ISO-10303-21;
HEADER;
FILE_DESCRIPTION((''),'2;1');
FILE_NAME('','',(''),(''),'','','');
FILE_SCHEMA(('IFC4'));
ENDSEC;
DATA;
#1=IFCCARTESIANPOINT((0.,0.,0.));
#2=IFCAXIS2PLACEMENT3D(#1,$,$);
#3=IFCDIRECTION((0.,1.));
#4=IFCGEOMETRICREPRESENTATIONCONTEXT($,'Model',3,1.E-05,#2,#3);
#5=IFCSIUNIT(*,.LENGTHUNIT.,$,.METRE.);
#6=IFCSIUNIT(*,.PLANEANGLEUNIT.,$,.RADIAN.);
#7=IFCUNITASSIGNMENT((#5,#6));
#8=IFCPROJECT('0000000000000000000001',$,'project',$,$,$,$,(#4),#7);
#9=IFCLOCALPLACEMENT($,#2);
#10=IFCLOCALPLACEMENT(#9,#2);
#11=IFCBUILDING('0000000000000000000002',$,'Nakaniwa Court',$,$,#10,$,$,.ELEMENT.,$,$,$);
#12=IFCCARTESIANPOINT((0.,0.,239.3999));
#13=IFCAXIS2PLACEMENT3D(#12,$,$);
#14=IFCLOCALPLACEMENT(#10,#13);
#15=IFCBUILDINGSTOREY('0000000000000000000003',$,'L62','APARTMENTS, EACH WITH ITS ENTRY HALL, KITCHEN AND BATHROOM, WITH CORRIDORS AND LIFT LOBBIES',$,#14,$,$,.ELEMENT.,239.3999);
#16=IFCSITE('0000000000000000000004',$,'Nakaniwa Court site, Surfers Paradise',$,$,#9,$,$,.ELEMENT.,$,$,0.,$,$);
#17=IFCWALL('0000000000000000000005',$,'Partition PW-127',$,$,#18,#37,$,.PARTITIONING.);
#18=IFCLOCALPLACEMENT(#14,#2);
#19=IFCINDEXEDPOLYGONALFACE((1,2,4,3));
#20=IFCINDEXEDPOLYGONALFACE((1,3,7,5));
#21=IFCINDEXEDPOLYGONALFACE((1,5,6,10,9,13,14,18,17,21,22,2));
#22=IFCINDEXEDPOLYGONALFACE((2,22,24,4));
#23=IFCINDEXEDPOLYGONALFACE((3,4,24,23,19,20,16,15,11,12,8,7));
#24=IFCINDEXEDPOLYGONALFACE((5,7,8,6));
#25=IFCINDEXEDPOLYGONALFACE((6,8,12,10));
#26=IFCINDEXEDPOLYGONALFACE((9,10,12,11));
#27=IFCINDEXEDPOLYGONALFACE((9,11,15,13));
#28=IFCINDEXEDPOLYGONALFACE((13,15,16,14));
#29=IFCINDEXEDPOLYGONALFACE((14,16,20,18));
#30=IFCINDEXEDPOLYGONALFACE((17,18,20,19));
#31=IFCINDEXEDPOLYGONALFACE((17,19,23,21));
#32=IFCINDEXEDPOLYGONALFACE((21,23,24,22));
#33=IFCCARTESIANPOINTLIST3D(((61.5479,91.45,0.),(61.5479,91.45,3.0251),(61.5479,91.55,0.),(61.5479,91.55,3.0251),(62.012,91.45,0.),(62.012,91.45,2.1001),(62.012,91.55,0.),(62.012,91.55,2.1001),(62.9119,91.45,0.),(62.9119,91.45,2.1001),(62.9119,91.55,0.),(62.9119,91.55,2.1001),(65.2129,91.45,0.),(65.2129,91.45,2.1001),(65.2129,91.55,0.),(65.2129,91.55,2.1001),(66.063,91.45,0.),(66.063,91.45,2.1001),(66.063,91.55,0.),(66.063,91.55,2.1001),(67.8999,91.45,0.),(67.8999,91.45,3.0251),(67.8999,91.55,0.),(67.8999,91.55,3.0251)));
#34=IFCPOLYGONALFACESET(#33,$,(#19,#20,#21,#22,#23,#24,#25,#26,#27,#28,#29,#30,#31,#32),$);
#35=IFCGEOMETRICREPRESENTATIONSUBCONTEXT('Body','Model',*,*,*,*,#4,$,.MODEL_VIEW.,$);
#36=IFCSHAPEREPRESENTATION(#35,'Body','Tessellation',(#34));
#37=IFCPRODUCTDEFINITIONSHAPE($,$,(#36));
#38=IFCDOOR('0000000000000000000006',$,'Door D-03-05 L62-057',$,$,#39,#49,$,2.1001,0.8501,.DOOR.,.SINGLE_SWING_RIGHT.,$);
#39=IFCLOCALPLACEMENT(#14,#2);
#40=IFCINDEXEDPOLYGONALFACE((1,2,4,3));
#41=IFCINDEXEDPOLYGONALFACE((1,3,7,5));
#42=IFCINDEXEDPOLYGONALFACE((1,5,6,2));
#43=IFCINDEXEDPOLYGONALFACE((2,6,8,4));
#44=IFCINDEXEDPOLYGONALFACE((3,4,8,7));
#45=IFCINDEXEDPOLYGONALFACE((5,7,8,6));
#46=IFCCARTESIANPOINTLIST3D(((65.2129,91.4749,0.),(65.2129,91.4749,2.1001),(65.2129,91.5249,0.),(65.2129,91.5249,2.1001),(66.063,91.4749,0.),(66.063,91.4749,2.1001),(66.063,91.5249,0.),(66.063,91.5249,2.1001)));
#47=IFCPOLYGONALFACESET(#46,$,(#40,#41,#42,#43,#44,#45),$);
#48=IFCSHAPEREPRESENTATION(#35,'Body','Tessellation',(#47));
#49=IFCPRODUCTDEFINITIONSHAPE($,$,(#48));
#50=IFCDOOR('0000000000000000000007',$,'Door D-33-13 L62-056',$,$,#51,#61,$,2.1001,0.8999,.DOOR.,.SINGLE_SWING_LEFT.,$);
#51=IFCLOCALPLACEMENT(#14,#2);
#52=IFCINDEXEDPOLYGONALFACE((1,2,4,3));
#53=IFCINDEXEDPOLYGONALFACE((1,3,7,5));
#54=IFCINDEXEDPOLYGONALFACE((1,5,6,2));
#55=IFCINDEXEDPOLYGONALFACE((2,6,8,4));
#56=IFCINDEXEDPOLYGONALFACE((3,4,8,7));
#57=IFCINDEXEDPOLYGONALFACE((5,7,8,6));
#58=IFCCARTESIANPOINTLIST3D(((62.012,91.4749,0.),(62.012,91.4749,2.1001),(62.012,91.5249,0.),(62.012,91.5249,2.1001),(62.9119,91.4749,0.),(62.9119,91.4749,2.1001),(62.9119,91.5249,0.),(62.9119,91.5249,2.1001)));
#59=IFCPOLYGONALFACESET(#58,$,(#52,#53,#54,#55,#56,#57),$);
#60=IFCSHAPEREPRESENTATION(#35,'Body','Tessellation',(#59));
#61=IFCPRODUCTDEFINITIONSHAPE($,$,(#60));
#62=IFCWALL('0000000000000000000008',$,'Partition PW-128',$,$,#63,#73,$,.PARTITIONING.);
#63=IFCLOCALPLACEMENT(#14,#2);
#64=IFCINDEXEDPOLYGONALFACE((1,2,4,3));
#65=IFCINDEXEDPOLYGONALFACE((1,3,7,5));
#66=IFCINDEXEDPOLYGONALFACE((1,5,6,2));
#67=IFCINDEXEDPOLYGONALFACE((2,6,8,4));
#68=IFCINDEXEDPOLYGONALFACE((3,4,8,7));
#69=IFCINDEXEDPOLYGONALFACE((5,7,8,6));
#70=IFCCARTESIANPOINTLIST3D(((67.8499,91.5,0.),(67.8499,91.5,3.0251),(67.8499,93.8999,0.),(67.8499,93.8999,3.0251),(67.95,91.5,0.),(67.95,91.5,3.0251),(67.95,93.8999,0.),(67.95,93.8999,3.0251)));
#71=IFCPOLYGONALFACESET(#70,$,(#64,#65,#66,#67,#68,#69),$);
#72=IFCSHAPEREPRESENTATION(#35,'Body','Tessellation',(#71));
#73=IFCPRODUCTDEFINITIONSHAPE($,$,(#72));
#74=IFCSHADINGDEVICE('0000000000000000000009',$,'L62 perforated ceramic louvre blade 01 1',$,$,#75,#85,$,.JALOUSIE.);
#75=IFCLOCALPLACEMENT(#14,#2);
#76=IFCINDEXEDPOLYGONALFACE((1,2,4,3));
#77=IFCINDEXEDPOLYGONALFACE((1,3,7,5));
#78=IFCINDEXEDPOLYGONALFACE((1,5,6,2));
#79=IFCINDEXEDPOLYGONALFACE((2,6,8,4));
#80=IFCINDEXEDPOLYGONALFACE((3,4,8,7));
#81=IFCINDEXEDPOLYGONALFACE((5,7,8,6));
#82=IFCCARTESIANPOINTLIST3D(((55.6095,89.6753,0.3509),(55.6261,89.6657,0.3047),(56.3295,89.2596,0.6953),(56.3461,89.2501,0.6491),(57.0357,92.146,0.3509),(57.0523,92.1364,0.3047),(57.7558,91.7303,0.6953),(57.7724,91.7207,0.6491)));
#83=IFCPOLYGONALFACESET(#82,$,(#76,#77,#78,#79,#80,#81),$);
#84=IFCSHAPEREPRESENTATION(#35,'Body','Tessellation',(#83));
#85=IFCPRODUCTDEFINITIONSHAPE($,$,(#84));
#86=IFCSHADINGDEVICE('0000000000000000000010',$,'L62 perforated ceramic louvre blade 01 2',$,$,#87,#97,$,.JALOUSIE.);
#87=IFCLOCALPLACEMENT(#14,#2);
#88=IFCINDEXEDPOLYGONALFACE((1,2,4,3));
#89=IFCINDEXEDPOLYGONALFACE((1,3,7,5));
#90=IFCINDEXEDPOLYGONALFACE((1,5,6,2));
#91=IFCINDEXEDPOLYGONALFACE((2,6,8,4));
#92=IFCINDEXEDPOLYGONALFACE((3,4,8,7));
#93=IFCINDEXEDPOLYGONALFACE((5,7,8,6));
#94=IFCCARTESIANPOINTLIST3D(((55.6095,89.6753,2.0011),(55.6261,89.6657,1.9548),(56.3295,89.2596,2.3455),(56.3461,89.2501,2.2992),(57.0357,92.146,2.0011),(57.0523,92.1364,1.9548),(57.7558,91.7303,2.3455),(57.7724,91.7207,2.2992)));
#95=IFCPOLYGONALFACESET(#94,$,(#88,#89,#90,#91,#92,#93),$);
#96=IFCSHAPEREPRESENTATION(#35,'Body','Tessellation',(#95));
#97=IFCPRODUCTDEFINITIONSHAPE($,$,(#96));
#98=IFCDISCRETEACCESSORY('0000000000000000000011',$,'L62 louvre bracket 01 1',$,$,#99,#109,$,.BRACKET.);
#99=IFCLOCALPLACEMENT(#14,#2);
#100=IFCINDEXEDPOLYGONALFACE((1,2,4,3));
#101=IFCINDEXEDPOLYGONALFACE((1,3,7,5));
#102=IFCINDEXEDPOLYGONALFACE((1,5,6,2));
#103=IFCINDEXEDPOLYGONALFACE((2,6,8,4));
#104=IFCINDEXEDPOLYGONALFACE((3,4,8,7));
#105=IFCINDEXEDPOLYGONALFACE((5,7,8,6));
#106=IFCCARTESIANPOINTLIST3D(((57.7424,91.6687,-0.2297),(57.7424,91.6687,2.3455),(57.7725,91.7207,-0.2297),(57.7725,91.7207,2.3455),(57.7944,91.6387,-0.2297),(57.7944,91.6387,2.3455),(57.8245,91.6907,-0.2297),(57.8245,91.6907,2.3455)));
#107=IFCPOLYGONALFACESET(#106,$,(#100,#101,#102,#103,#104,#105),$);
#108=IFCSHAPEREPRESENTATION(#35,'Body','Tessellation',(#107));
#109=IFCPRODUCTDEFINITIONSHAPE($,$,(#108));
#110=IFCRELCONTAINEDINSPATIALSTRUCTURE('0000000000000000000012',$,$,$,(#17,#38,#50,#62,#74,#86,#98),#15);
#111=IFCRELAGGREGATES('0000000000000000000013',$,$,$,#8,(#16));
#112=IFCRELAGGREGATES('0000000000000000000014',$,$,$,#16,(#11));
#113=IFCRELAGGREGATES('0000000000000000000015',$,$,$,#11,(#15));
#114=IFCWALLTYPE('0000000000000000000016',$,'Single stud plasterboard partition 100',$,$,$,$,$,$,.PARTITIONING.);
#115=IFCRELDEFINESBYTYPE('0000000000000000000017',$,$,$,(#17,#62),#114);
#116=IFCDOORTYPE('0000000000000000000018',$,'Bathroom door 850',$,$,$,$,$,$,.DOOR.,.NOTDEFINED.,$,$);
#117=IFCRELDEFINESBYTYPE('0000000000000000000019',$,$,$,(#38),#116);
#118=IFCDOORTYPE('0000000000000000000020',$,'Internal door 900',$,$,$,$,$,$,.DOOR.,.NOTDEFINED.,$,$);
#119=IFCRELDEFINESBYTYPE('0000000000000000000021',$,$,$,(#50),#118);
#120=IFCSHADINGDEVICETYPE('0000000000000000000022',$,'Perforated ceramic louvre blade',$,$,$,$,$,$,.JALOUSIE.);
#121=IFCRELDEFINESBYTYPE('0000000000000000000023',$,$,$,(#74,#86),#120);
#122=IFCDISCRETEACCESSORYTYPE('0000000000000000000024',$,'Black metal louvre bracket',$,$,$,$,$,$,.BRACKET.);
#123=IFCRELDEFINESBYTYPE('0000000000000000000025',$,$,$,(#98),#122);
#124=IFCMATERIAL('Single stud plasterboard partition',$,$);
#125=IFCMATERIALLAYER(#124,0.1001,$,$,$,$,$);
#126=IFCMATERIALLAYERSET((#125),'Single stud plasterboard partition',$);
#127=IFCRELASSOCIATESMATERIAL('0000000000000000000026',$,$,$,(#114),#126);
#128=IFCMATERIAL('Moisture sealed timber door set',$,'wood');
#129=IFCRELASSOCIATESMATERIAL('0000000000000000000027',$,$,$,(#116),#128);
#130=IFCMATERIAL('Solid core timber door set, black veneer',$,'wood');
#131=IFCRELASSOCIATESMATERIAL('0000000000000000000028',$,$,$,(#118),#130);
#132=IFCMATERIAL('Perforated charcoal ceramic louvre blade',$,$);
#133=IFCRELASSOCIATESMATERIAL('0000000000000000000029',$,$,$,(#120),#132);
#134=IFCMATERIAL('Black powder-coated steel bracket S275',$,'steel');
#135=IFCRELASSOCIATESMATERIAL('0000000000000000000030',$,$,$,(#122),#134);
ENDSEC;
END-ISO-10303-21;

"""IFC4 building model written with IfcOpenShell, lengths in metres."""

from ifc_helpers import new_model, si_unit, direction, frame, frame_2d, origin, origin_2d, place, context, subcontext, project, spatial, rectangle, extrude, material, layer, layer_set, material_profile, profile_set, type_object, element, fill, save


model = new_model("IFC4")

# Units and contexts
model_context = context("Model", 3, precision=1e-05, world=origin(), true_north=direction((0.0, 1.0)))
body_context = subcontext(model_context, "Body", "Model", "MODEL_VIEW")
ifc_project = project(units=[si_unit("LENGTHUNIT", "METRE"), si_unit("PLANEANGLEUNIT", "RADIAN")], contexts=[model_context])

# Site, building, storey
site_placement = place(None, origin())
site = spatial("IfcSite", under=ifc_project, at=site_placement, Name="Nakaniwa Court site, Surfers Paradise", CompositionType="ELEMENT", RefElevation=0.0)
building_placement = place(site_placement, origin())
building = spatial("IfcBuilding", under=site, at=building_placement, Name="Nakaniwa Court", CompositionType="ELEMENT")
storey_placement = place(building_placement, frame((0.0, 0.0, 239.3999)))
storey = spatial("IfcBuildingStorey", under=building, at=storey_placement, Name="L62", Description="APARTMENTS, EACH WITH ITS ENTRY HALL, KITCHEN AND BATHROOM, WITH CORRIDORS AND LIFT LOBBIES", CompositionType="ELEMENT", Elevation=239.3999)

# Shared definitions
ifc_material_1 = material(Name="Single stud plasterboard partition")
ifc_layer_1 = layer(ifc_material_1, 0.1001)
ifc_layer_set_1 = layer_set([ifc_layer_1], Name="Single stud plasterboard partition")
wall_type_1 = type_object("IfcWallType", Name="Single stud plasterboard partition 100", PredefinedType="PARTITIONING", material=ifc_layer_set_1)

# Wall, openings, doors
wall_1_placement = place(storey_placement, frame((61.5479, 91.5, 0.0), z_axis=(0.0, 0.0, 1.0), x_axis=(1.0, 0.0, 0.0)))
wall_1 = element("IfcWall", 1, at=wall_1_placement, inside=storey, type_object=wall_type_1, Name="Partition PW-127", PredefinedType="PARTITIONING", context=body_context, shape_type="SweptSolid", body=[
    extrude(rectangle(XDim=6.3521, YDim=0.1001, at=frame_2d((3.176, 0.0))), origin(), (0.0, 0.0, 1.0), 3.0251),
])
opening_1_placement = place(wall_1_placement, frame((0.4641, 0.0, 0.0)))
opening_1 = element("IfcOpeningElement", 2, at=opening_1_placement, cuts=wall_1, PredefinedType="OPENING", context=body_context, shape_type="SweptSolid", body=[
    extrude(rectangle(XDim=0.8999, YDim=2.1001, at=frame_2d((0.45, 1.05))), frame((0.0, 0.0601, 0.0), z_axis=(0.0, -1.0, 0.0), x_axis=(1.0, 0.0, 0.0)), (0.0, 0.0, 1.0), 0.1201),
])
opening_2_placement = place(wall_1_placement, frame((3.665, 0.0, 0.0)))
opening_2 = element("IfcOpeningElement", 3, at=opening_2_placement, cuts=wall_1, PredefinedType="OPENING", context=body_context, shape_type="SweptSolid", body=[
    extrude(rectangle(XDim=0.8501, YDim=2.1001, at=frame_2d((0.425, 1.05))), frame((0.0, 0.0601, 0.0), z_axis=(0.0, -1.0, 0.0), x_axis=(1.0, 0.0, 0.0)), (0.0, 0.0, 1.0), 0.1201),
])
ifc_material_2 = material(Name="Moisture sealed timber door set", Category="wood")
door_type_1 = type_object("IfcDoorType", Name="Bathroom door 850", OperationType="NOTDEFINED", PredefinedType="DOOR", material=ifc_material_2)
door_1_placement = place(opening_2_placement, origin())
door_1 = element("IfcDoor", 4, at=door_1_placement, inside=storey, type_object=door_type_1, Name="Door D-03-05 L62-057", OperationType="SINGLE_SWING_RIGHT", OverallHeight=2.1001, OverallWidth=0.8501, PredefinedType="DOOR", context=body_context, shape_type="SweptSolid", body=[
    extrude(rectangle(XDim=0.8501, YDim=2.1001, at=frame_2d((0.425, 1.05))), frame((0.0, 0.0249, 0.0), z_axis=(0.0, -1.0, 0.0), x_axis=(1.0, 0.0, 0.0)), (0.0, 0.0, 1.0), 0.05),
])
fill(opening_2, door_1)
ifc_material_3 = material(Name="Solid core timber door set, black veneer", Category="wood")
door_type_2 = type_object("IfcDoorType", Name="Internal door 900", OperationType="NOTDEFINED", PredefinedType="DOOR", material=ifc_material_3)
door_2_placement = place(opening_1_placement, origin())
door_2 = element("IfcDoor", 5, at=door_2_placement, inside=storey, type_object=door_type_2, Name="Door D-33-13 L62-056", OperationType="SINGLE_SWING_LEFT", OverallHeight=2.1001, OverallWidth=0.8999, PredefinedType="DOOR", context=body_context, shape_type="SweptSolid", body=[
    extrude(rectangle(XDim=0.8999, YDim=2.1001, at=frame_2d((0.45, 1.05))), frame((0.0, 0.0249, 0.0), z_axis=(0.0, -1.0, 0.0), x_axis=(1.0, 0.0, 0.0)), (0.0, 0.0, 1.0), 0.05),
])
fill(opening_1, door_2)

# Wall
wall_2_placement = place(storey_placement, frame((67.8999, 91.5, 0.0), z_axis=(0.0, 0.0, 1.0), x_axis=(0.0, 1.0, 0.0)))
element("IfcWall", 6, at=wall_2_placement, inside=storey, type_object=wall_type_1, Name="Partition PW-128", PredefinedType="PARTITIONING", context=body_context, shape_type="SweptSolid", body=[
    extrude(rectangle(XDim=2.3999, YDim=0.1001, at=frame_2d((1.2, 0.0))), origin(), (0.0, 0.0, 1.0), 3.0251),
])

# Shading devices
ifc_material_4 = material(Name="Perforated charcoal ceramic louvre blade")
ifc_material_profile_1 = material_profile(ifc_material_4, rectangle(XDim=0.8999, YDim=0.05, at=origin_2d()), Name="Perforated ceramic louvre blade")
ifc_profile_set_1 = profile_set([ifc_material_profile_1], Name="Perforated charcoal ceramic louvre blade")
shading_device_type = type_object("IfcShadingDeviceType", Name="Perforated ceramic louvre blade", PredefinedType="JALOUSIE", material=ifc_profile_set_1)
for number, where, z_axis, x_axis, name in (
    (7, (57.4041, 91.9333, 0.5), (-0.49995, -0.866054, 0.0), (0.80013, -0.461893, 0.382683), "L62 perforated ceramic louvre blade 01 1"),
    (8, (57.4041, 91.9333, 2.1501), (-0.49995, -0.866054, 0.0), (0.80013, -0.461893, 0.382683), "L62 perforated ceramic louvre blade 01 2"),
):
    element("IfcShadingDevice", number, at=place(storey_placement, frame(where, z_axis=z_axis, x_axis=x_axis)), inside=storey, type_object=shading_device_type, Name=name, PredefinedType="JALOUSIE", context=body_context, shape_type="SweptSolid", body=[
        extrude(rectangle(XDim=0.8999, YDim=0.05, at=origin_2d()), origin(), (0.0, 0.0, 1.0), 2.8528),
    ])

# Discrete accessory
ifc_material_5 = material(Name="Black powder-coated steel bracket S275", Category="steel")
discrete_accessory_type = type_object("IfcDiscreteAccessoryType", Name="Black metal louvre bracket", PredefinedType="BRACKET", material=ifc_material_5)
discrete_accessory_placement = place(storey_placement, frame((57.7834, 91.6797, -0.2297), z_axis=(0.0, 0.0, 1.0), x_axis=(-0.499986, -0.866033, 0.0)))
element("IfcDiscreteAccessory", 9, at=discrete_accessory_placement, inside=storey, type_object=discrete_accessory_type, Name="L62 louvre bracket 01 1", PredefinedType="BRACKET", context=body_context, shape_type="SweptSolid", body=[
    extrude(rectangle(XDim=0.0601, YDim=0.0601, at=origin_2d()), origin(), (0.0, 0.0, 1.0), 2.5752),
])

save(model, "model.ifc")
